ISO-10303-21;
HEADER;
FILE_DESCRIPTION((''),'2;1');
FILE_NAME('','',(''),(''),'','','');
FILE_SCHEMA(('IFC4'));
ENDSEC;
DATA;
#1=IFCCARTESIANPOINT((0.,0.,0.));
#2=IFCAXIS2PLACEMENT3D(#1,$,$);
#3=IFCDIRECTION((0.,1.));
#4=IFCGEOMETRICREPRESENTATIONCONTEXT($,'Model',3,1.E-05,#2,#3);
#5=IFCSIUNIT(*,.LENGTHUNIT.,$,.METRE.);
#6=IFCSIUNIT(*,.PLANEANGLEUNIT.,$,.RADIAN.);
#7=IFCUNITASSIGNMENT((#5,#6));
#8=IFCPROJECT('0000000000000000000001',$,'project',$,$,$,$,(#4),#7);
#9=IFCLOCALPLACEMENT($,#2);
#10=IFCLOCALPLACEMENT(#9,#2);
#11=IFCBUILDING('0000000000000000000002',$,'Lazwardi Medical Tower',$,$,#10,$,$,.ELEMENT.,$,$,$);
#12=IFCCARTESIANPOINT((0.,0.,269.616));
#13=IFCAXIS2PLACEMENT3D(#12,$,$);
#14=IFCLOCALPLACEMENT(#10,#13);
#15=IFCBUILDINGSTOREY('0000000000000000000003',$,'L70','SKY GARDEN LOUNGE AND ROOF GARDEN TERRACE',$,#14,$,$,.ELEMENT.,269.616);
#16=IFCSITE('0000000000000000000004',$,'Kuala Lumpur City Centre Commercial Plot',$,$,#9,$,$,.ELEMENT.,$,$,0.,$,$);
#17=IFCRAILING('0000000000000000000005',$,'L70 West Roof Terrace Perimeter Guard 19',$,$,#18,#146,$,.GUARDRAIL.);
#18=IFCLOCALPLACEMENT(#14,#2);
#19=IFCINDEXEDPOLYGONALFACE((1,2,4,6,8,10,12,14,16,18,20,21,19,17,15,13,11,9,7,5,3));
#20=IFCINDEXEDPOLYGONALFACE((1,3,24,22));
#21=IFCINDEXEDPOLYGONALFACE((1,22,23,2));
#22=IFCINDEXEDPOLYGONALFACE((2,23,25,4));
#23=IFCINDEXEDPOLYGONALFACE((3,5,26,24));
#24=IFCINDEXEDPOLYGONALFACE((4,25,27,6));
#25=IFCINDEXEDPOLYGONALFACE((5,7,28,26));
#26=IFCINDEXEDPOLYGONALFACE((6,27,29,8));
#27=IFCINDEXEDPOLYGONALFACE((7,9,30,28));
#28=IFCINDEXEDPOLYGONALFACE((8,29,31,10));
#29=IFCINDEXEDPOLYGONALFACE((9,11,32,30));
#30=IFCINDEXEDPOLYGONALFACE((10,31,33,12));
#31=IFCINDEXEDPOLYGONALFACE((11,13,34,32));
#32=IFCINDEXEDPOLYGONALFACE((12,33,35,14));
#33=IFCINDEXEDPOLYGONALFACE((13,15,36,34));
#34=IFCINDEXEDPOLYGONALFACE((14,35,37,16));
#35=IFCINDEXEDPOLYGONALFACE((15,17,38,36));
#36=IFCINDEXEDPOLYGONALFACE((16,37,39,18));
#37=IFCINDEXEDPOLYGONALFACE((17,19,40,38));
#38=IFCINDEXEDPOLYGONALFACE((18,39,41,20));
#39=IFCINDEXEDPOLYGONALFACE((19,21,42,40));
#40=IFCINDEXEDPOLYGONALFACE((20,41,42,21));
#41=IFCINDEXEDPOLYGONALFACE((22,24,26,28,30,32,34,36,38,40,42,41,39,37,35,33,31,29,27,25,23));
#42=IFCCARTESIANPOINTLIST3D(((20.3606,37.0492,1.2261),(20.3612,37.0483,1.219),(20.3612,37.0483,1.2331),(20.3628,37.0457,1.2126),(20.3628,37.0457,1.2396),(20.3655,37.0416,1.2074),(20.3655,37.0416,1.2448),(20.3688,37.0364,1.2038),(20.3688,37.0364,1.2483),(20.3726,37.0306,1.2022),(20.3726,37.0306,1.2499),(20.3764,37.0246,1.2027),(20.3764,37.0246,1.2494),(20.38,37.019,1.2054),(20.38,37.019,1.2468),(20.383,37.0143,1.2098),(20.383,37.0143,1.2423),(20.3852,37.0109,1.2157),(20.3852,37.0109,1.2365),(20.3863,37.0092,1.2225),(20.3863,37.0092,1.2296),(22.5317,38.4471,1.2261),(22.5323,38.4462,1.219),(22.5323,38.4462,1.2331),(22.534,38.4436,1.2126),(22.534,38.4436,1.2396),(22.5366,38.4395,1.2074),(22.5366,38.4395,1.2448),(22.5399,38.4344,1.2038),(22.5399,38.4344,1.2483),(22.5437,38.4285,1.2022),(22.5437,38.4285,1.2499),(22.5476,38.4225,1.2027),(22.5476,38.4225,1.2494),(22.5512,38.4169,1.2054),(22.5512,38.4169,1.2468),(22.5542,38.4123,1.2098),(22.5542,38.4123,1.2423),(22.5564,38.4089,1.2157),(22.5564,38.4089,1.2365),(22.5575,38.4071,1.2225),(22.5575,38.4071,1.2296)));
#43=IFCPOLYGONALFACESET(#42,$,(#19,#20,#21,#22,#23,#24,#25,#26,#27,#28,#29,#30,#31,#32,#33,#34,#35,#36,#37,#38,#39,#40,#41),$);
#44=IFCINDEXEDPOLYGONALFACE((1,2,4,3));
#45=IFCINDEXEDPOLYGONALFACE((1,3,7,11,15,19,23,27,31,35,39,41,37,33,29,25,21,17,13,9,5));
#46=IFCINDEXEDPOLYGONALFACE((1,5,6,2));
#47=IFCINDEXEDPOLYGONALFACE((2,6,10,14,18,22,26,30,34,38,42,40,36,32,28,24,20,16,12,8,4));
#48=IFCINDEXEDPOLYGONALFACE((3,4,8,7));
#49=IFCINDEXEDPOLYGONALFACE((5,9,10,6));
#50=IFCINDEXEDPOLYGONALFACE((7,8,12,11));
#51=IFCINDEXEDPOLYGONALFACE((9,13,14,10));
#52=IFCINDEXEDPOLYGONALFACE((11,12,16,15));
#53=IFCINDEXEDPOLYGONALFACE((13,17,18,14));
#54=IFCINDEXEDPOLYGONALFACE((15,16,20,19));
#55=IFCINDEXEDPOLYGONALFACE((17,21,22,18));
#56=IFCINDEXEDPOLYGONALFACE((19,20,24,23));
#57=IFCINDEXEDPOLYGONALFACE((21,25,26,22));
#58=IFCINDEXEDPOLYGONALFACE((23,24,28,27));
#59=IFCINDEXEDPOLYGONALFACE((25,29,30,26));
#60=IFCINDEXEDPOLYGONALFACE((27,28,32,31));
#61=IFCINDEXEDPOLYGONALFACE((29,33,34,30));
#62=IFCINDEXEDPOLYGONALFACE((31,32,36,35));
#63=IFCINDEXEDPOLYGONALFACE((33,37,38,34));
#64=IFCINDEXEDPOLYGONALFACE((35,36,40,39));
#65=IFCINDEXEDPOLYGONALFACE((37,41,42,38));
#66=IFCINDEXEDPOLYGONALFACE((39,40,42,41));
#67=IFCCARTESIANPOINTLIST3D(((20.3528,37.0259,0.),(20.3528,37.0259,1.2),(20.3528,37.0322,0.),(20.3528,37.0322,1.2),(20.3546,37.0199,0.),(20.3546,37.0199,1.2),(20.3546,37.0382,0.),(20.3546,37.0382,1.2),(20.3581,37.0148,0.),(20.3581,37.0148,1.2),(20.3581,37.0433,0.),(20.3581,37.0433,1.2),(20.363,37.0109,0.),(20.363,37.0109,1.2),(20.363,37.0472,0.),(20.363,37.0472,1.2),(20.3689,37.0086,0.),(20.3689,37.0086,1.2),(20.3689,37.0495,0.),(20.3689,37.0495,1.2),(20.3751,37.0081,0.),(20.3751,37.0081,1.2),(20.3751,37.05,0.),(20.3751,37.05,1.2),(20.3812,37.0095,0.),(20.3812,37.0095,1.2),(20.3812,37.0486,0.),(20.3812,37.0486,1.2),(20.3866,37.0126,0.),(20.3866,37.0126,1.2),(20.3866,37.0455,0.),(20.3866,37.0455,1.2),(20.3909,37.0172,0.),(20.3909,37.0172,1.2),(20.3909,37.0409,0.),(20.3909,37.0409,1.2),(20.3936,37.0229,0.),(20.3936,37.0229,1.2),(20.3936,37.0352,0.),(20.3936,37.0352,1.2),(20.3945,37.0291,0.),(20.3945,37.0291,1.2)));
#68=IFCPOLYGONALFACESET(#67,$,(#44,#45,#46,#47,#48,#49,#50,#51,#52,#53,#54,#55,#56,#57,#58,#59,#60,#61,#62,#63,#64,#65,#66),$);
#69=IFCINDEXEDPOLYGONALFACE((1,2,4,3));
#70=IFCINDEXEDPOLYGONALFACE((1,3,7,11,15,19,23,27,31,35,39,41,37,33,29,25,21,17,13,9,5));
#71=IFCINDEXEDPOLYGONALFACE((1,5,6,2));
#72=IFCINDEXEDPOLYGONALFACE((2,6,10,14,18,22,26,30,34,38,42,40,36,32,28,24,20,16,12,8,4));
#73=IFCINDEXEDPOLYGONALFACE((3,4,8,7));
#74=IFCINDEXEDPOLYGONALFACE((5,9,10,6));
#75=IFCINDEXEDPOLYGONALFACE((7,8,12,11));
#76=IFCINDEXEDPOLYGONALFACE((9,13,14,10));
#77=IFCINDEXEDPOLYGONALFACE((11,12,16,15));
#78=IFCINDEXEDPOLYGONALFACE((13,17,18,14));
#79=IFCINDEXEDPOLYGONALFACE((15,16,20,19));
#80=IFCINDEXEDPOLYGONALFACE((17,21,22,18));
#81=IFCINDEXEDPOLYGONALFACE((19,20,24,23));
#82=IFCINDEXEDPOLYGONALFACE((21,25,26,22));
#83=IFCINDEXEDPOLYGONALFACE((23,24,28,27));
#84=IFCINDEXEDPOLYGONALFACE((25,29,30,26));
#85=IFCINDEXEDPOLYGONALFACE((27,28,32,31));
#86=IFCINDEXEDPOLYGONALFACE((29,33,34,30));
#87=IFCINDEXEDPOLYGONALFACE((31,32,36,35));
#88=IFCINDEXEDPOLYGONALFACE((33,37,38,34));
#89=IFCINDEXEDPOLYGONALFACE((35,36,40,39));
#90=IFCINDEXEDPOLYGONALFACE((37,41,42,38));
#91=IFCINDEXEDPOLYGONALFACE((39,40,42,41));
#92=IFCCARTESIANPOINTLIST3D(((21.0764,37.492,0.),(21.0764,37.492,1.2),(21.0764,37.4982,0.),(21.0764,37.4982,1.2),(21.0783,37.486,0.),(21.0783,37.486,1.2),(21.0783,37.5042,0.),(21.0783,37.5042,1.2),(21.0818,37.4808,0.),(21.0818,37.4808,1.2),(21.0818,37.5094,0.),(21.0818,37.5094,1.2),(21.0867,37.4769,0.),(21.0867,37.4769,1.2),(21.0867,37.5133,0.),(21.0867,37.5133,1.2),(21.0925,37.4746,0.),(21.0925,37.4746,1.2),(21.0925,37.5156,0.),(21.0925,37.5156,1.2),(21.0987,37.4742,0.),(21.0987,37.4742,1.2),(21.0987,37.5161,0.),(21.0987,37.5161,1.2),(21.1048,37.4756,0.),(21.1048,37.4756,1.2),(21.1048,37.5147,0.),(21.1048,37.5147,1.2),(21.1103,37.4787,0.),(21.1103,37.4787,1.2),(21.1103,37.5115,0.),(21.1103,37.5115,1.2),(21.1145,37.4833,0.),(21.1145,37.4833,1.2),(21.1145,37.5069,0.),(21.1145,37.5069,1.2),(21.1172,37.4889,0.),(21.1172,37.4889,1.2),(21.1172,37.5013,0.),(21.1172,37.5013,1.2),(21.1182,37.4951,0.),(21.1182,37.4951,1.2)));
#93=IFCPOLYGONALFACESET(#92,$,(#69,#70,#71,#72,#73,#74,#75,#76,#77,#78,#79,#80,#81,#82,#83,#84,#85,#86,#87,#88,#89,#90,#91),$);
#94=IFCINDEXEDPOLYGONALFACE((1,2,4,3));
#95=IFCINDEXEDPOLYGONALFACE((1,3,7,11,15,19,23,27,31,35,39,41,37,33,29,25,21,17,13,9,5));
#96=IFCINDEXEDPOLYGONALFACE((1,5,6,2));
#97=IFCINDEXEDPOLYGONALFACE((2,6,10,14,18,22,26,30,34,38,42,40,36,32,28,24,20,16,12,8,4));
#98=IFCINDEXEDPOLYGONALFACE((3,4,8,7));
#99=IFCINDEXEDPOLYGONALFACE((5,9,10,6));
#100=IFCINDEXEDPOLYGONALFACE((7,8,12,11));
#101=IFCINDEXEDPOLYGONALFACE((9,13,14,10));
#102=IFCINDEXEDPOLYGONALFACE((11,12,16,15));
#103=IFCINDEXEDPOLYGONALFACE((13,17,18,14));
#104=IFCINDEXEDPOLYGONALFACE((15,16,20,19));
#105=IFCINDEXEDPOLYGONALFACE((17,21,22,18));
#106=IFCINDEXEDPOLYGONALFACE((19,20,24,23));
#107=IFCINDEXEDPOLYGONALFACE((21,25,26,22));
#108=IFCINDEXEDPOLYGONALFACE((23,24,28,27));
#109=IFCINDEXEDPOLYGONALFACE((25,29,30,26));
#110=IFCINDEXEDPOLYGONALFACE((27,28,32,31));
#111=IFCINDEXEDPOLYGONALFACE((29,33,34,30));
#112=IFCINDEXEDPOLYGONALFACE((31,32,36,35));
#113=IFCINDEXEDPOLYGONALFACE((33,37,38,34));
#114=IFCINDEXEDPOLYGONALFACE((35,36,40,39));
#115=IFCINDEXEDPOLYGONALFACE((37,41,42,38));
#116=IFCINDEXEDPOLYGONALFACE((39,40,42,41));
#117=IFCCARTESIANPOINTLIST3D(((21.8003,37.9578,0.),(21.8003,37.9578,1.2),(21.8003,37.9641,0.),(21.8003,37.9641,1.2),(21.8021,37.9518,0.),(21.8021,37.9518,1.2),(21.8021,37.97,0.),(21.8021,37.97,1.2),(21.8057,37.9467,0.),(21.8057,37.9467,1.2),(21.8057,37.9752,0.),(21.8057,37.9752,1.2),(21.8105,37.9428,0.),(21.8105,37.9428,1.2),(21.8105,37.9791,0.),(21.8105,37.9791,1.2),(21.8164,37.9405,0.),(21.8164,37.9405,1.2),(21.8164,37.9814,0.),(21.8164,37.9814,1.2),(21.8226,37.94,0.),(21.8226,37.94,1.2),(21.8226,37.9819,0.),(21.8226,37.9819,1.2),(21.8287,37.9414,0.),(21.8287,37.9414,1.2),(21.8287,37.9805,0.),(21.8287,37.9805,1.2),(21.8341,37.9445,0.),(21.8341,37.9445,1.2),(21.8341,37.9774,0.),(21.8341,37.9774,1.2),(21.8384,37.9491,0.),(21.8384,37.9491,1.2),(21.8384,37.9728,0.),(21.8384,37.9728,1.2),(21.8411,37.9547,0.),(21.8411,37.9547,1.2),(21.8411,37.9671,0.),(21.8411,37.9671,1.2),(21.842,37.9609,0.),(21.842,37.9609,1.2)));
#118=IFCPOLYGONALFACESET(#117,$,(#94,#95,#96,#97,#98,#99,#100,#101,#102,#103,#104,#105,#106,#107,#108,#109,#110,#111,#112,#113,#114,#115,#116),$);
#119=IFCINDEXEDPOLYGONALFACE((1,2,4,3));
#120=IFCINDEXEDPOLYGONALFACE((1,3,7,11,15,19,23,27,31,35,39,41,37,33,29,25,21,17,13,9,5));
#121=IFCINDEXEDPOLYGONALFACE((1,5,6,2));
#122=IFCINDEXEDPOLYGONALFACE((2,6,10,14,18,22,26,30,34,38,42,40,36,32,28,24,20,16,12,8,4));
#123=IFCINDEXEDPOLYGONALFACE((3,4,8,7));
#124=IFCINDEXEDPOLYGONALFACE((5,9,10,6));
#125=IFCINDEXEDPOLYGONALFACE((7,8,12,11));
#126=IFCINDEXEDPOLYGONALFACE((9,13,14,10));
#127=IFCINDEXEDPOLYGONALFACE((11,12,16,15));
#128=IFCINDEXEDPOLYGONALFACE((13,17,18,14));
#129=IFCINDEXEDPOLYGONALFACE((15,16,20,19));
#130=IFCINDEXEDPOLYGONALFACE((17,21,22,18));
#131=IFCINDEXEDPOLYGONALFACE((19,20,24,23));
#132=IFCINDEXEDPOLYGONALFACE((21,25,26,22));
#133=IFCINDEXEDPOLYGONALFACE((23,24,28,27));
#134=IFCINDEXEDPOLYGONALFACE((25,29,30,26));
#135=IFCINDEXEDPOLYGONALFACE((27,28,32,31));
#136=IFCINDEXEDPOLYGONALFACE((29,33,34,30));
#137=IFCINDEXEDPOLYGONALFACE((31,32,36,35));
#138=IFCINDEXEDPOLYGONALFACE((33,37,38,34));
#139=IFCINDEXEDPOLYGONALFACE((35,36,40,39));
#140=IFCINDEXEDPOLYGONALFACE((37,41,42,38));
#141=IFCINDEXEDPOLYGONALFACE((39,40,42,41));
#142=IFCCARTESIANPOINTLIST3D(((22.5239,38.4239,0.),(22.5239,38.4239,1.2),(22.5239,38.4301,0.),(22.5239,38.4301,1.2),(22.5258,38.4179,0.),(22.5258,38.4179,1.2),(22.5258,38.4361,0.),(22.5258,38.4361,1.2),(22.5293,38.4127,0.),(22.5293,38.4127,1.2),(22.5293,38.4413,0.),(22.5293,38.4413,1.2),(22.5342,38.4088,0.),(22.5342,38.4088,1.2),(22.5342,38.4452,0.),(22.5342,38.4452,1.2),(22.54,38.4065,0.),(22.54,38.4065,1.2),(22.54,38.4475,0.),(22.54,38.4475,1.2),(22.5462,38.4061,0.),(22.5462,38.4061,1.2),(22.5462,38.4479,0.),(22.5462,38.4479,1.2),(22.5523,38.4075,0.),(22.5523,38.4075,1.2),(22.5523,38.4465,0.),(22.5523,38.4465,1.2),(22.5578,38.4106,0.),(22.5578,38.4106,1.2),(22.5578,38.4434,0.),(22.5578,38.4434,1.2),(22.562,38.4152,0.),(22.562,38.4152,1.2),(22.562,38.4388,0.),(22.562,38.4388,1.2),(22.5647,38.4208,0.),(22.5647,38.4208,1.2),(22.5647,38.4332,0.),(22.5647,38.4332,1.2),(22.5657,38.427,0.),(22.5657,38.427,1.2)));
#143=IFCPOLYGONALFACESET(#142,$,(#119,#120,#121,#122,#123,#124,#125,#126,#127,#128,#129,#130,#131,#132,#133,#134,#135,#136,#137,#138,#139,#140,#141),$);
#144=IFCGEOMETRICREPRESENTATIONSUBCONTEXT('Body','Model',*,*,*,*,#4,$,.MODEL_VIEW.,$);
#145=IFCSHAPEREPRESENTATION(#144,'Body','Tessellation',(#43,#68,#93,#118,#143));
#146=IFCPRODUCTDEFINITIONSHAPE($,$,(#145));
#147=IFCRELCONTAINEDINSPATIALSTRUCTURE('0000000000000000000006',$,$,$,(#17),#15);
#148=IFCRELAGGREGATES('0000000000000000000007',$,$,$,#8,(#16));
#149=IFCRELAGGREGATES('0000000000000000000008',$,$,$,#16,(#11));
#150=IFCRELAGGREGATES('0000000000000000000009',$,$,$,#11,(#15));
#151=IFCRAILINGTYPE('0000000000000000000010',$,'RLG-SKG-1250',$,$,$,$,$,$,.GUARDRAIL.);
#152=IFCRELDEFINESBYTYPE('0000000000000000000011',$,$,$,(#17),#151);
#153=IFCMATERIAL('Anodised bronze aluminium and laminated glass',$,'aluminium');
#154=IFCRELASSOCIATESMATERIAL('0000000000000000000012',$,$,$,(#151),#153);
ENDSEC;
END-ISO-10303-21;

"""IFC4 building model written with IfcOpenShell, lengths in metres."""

from ifc_helpers import new_model, si_unit, direction, frame, origin, origin_2d, place, context, subcontext, project, spatial, circle, extrude, material, type_object, element, save


model = new_model("IFC4")

# Units and contexts
model_context = context("Model", 3, precision=1e-05, world=origin(), true_north=direction((0.0, 1.0)))
body_context = subcontext(model_context, "Body", "Model", "MODEL_VIEW")
ifc_project = project(units=[si_unit("LENGTHUNIT", "METRE"), si_unit("PLANEANGLEUNIT", "RADIAN")], contexts=[model_context])

# Site, building, storey
site_placement = place(None, origin())
site = spatial("IfcSite", under=ifc_project, at=site_placement, Name="Kuala Lumpur City Centre Commercial Plot", CompositionType="ELEMENT", RefElevation=0.0)
building_placement = place(site_placement, origin())
building = spatial("IfcBuilding", under=site, at=building_placement, Name="Lazwardi Medical Tower", CompositionType="ELEMENT")
storey_placement = place(building_placement, frame((0.0, 0.0, 269.616)))
storey = spatial("IfcBuildingStorey", under=building, at=storey_placement, Name="L70", Description="SKY GARDEN LOUNGE AND ROOF GARDEN TERRACE", CompositionType="ELEMENT", Elevation=269.616)

# Shared definitions
ifc_material_1 = material(Name="Anodised bronze aluminium and laminated glass", Category="aluminium")

# Railing
railing_type = type_object("IfcRailingType", Name="RLG-SKG-1250", PredefinedType="GUARDRAIL", material=ifc_material_1)
railing_1_placement = place(storey_placement, frame((20.3735, 37.0291, 0.0)))
element("IfcRailing", 1, at=railing_1_placement, inside=storey, type_object=railing_type, Name="L70 West Roof Terrace Perimeter Guard 19", PredefinedType="GUARDRAIL", context=body_context, shape_type="SweptSolid", body=[
    extrude(circle(Radius=0.0239, at=origin_2d()), frame((0.0, 0.0, 1.2261), z_axis=(0.840788, 0.541364, 0.0), x_axis=(-0.541364, 0.840788, 0.0)), (0.0, 0.0, 1.0), 2.5823),
    extrude(circle(Radius=0.021, at=origin_2d()), origin(), (0.0, 0.0, 1.0), 1.2),
    extrude(circle(Radius=0.021, at=origin_2d()), frame((0.7236, 0.4661, 0.0)), (0.0, 0.0, 1.0), 1.2),
    extrude(circle(Radius=0.021, at=origin_2d()), frame((1.4475, 0.9319, 0.0)), (0.0, 0.0, 1.0), 1.2),
    extrude(circle(Radius=0.021, at=origin_2d()), frame((2.1711, 1.3979, 0.0)), (0.0, 0.0, 1.0), 1.2),
])

save(model, "model.ifc")
